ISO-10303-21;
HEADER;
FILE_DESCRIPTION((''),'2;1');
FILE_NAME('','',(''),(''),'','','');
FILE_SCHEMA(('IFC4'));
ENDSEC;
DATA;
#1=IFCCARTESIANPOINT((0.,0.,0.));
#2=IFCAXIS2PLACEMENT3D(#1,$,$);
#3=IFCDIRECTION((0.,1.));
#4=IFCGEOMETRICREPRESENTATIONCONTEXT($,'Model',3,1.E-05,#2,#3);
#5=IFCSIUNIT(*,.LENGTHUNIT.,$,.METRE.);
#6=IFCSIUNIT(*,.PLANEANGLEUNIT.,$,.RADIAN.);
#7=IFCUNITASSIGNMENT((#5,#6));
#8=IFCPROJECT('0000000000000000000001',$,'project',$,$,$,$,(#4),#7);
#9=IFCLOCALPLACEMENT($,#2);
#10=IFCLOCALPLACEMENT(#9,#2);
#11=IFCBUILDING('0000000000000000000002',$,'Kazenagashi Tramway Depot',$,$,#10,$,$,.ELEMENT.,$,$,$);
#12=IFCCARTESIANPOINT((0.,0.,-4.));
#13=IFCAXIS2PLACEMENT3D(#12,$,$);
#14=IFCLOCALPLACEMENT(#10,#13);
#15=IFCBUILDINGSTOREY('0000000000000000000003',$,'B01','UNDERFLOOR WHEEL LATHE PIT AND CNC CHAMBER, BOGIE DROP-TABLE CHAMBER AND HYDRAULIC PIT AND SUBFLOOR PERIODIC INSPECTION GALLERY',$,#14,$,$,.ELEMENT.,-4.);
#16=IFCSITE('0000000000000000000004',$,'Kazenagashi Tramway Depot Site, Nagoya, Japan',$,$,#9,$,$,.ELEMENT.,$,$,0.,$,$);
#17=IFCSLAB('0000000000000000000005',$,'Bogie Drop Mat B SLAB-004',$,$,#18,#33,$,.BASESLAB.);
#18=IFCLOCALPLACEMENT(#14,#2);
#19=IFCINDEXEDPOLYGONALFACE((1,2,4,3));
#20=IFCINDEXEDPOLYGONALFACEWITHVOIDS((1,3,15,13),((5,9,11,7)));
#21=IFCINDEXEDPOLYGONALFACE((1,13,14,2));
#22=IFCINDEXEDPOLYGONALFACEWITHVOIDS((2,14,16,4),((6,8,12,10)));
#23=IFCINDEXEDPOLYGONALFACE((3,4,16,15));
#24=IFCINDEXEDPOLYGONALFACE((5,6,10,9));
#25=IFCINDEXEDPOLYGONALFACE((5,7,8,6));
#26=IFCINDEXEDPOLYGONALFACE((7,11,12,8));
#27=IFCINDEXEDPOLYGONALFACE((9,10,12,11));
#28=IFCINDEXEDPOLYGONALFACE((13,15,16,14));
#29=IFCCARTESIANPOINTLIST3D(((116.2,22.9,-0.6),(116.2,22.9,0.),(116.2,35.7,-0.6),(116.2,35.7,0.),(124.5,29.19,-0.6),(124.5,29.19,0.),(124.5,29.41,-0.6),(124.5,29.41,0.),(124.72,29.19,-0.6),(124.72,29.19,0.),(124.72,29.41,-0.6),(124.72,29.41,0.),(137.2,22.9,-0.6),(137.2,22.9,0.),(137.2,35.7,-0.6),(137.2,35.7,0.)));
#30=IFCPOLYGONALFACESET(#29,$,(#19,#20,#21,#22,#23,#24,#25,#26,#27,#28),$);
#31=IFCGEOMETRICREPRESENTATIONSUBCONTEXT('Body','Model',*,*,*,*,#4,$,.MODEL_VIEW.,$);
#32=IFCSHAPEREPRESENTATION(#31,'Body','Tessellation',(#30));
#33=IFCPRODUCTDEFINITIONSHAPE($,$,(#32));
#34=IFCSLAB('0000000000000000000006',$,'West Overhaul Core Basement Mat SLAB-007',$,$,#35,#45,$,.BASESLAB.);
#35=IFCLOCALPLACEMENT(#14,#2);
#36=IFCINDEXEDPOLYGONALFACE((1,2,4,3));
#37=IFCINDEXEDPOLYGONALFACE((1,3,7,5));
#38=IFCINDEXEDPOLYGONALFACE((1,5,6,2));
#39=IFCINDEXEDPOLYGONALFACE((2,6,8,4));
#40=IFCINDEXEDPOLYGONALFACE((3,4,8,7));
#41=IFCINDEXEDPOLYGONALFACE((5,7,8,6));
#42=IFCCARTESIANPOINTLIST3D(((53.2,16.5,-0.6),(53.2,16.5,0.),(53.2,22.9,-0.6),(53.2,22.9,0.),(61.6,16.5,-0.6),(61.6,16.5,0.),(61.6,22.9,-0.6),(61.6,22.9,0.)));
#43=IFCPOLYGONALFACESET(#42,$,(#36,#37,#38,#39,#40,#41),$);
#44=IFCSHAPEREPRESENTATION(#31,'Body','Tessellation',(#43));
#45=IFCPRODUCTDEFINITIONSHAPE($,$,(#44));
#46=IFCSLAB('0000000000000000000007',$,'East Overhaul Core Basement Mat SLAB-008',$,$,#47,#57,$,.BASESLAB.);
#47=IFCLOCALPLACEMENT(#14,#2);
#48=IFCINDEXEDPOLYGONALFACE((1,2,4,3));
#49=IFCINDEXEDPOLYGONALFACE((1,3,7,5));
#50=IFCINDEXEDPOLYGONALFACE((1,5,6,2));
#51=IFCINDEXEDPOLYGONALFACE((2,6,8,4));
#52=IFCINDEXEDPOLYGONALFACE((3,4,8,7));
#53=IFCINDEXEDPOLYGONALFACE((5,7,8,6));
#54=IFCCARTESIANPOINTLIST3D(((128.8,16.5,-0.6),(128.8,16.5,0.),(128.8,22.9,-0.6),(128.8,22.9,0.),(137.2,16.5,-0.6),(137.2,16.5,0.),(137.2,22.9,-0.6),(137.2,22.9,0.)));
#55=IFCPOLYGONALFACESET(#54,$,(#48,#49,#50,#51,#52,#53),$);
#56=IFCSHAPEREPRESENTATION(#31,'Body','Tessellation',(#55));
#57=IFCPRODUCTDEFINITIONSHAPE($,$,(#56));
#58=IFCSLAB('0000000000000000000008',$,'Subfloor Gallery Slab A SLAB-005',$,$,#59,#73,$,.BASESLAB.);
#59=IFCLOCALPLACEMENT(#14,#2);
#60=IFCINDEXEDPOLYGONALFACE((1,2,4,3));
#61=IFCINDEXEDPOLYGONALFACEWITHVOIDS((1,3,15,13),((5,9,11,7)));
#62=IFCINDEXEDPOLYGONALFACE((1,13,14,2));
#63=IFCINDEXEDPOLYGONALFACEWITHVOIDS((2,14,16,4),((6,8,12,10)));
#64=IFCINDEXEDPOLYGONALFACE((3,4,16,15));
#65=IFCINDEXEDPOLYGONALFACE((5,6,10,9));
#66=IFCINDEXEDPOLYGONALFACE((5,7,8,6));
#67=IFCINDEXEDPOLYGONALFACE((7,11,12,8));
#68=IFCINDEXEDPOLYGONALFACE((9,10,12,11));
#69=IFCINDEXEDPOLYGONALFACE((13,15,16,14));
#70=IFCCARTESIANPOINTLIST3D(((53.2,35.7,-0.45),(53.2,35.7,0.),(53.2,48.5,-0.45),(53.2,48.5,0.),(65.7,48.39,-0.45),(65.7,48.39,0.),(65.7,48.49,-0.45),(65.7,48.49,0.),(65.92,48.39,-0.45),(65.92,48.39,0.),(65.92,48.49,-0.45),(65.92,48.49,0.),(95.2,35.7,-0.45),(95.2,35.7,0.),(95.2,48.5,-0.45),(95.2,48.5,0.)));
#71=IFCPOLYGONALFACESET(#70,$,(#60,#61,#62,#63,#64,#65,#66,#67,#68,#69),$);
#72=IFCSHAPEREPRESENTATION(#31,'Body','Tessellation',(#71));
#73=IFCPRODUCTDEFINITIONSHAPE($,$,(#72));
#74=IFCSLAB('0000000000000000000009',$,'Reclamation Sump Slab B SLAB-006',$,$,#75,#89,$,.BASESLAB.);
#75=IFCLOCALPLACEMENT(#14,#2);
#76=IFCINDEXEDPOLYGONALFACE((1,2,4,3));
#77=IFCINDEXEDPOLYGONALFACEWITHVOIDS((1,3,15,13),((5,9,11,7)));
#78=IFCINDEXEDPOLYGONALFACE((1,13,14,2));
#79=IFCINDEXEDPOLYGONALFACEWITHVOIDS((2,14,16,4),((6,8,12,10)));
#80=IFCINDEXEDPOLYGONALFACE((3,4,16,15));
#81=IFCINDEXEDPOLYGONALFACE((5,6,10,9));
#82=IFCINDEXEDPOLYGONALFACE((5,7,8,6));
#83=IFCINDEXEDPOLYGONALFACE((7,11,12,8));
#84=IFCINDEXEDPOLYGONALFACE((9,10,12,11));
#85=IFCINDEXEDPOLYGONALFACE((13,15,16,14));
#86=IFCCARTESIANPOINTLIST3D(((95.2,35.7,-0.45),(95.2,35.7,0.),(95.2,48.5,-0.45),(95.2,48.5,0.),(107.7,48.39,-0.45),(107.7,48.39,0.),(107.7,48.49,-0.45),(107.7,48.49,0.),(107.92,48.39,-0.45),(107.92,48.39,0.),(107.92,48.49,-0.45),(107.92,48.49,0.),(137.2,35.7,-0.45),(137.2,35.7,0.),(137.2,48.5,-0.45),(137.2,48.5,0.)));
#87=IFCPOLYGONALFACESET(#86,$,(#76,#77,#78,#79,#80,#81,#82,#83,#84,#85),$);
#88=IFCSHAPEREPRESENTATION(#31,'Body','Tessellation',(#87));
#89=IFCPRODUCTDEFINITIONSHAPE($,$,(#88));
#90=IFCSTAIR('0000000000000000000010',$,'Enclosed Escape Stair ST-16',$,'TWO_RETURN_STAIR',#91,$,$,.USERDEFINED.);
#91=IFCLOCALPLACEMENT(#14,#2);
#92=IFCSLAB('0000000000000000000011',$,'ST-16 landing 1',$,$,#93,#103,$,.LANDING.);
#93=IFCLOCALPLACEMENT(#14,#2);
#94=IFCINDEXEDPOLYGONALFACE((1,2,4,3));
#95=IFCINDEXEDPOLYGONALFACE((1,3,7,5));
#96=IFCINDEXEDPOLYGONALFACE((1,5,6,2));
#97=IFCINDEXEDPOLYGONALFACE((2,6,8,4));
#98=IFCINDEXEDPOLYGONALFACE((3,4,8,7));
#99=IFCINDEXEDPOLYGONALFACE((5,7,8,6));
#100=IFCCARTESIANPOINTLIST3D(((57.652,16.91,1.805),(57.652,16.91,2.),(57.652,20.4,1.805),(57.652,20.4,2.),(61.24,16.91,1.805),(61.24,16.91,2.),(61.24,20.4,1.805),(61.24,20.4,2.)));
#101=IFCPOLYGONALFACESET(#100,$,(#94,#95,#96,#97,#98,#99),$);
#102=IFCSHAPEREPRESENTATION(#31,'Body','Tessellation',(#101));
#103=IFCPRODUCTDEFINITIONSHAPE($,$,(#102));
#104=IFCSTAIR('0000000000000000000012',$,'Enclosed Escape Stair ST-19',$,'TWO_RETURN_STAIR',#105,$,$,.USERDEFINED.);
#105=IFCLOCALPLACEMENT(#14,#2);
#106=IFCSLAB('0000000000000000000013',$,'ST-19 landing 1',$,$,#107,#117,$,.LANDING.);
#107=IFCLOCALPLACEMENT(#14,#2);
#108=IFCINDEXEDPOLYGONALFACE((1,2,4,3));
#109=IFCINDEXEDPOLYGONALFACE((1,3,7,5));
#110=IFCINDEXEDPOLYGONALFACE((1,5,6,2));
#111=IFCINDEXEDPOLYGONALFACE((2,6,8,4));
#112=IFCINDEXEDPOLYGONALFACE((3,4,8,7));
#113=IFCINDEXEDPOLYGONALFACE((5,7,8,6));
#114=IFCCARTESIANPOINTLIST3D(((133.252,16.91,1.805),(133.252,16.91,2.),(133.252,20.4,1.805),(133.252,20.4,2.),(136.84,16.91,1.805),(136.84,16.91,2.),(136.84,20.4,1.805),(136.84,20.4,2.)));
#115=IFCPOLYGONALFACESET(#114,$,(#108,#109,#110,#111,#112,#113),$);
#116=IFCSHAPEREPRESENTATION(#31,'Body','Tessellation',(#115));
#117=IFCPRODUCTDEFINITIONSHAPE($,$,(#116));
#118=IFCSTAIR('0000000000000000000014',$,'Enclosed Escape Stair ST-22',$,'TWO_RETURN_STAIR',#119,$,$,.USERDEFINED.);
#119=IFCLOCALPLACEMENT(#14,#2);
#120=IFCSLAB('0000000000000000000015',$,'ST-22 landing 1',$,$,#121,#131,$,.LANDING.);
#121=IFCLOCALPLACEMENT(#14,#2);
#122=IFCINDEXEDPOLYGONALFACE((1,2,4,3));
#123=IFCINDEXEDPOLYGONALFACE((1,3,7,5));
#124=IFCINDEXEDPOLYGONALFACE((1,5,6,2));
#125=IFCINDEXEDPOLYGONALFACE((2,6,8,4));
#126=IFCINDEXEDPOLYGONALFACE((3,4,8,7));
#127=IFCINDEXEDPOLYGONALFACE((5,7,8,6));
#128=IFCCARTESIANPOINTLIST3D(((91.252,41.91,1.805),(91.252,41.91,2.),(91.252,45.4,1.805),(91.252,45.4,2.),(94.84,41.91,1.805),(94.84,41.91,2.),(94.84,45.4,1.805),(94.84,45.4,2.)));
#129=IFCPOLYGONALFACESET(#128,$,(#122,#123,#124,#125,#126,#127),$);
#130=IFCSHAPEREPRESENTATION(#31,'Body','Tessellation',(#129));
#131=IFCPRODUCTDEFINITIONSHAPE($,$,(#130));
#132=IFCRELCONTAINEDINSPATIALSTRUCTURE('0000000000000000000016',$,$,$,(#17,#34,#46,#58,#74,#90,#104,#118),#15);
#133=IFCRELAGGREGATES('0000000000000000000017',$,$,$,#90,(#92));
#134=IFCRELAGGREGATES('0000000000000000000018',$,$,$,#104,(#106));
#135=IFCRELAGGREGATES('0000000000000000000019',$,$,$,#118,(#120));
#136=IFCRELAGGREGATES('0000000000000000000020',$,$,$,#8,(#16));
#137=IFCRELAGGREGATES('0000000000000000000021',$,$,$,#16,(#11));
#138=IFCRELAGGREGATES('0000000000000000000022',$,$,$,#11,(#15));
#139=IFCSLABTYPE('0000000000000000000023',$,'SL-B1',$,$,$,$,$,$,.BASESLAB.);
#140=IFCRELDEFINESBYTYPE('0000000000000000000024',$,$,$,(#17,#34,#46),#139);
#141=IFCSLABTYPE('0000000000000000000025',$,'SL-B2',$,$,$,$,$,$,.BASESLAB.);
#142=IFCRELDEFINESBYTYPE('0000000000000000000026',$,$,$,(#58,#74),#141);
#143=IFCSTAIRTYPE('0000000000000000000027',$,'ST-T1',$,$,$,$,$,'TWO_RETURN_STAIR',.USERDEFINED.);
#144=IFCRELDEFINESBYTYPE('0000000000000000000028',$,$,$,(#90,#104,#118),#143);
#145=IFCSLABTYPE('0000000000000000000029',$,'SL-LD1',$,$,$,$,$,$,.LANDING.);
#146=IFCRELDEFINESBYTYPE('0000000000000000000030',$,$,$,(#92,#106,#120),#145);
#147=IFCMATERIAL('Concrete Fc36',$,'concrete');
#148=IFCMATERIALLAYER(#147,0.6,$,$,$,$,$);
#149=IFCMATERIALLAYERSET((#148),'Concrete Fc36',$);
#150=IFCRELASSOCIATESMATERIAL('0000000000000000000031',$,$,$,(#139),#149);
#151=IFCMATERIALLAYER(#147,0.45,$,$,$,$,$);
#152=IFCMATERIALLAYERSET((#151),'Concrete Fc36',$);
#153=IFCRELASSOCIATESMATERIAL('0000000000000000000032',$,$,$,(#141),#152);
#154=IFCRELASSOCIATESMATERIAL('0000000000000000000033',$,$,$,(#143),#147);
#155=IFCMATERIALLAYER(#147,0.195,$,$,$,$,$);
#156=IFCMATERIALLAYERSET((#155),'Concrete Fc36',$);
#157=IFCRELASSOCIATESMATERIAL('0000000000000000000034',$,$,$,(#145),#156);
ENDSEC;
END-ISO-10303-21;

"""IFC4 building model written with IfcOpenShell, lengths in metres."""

from ifc_helpers import new_model, si_unit, direction, frame, origin, place, context, subcontext, project, spatial, polyline, outline, extrude, material, layer, layer_set, type_object, element, aggregate, save


model = new_model("IFC4")

# Units and contexts
model_context = context("Model", 3, precision=1e-05, world=origin(), true_north=direction((0.0, 1.0)))
body_context = subcontext(model_context, "Body", "Model", "MODEL_VIEW")
ifc_project = project(units=[si_unit("LENGTHUNIT", "METRE"), si_unit("PLANEANGLEUNIT", "RADIAN")], contexts=[model_context])

# Site, building, storey
site_placement = place(None, origin())
site = spatial("IfcSite", under=ifc_project, at=site_placement, Name="Kazenagashi Tramway Depot Site, Nagoya, Japan", CompositionType="ELEMENT", RefElevation=0.0)
building_placement = place(site_placement, origin())
building = spatial("IfcBuilding", under=site, at=building_placement, Name="Kazenagashi Tramway Depot", CompositionType="ELEMENT")
storey_placement = place(building_placement, frame((0.0, 0.0, -4.0)))
storey = spatial("IfcBuildingStorey", under=building, at=storey_placement, Name="B01", Description="UNDERFLOOR WHEEL LATHE PIT AND CNC CHAMBER, BOGIE DROP-TABLE CHAMBER AND HYDRAULIC PIT AND SUBFLOOR PERIODIC INSPECTION GALLERY", CompositionType="ELEMENT", Elevation=-4.0)

# Shared definitions
ifc_material_1 = material(Name="Concrete Fc36", Category="concrete")

# Slabs
ifc_layer_1 = layer(ifc_material_1, 0.6)
ifc_layer_set_1 = layer_set([ifc_layer_1], Name="Concrete Fc36")
slab_type_1 = type_object("IfcSlabType", Name="SL-B1", PredefinedType="BASESLAB", material=ifc_layer_set_1)
slab_1_placement = place(storey_placement, frame((0.0, 0.0, -0.6)))
element("IfcSlab", 1, at=slab_1_placement, inside=storey, type_object=slab_type_1, Name="Bogie Drop Mat B SLAB-004", PredefinedType="BASESLAB", context=body_context, shape_type="SweptSolid", body=[
    extrude(outline(polyline([(116.2, 22.9), (137.2, 22.9), (137.2, 35.7), (116.2, 35.7), (116.2, 22.9)]), holes=[polyline([(124.5, 29.19), (124.72, 29.19), (124.72, 29.41), (124.5, 29.41), (124.5, 29.19)])]), origin(), (0.0, 0.0, 1.0), 0.6),
])
slab_2_placement = place(storey_placement, frame((0.0, 0.0, -0.6)))
element("IfcSlab", 2, at=slab_2_placement, inside=storey, type_object=slab_type_1, Name="West Overhaul Core Basement Mat SLAB-007", PredefinedType="BASESLAB", context=body_context, shape_type="SweptSolid", body=[
    extrude(outline(polyline([(53.2, 16.5), (61.6, 16.5), (61.6, 22.9), (53.2, 22.9), (53.2, 16.5)])), origin(), (0.0, 0.0, 1.0), 0.6),
])
slab_3_placement = place(storey_placement, frame((0.0, 0.0, -0.6)))
element("IfcSlab", 3, at=slab_3_placement, inside=storey, type_object=slab_type_1, Name="East Overhaul Core Basement Mat SLAB-008", PredefinedType="BASESLAB", context=body_context, shape_type="SweptSolid", body=[
    extrude(outline(polyline([(128.8, 16.5), (137.2, 16.5), (137.2, 22.9), (128.8, 22.9), (128.8, 16.5)])), origin(), (0.0, 0.0, 1.0), 0.6),
])
ifc_layer_2 = layer(ifc_material_1, 0.45)
ifc_layer_set_2 = layer_set([ifc_layer_2], Name="Concrete Fc36")
slab_type_2 = type_object("IfcSlabType", Name="SL-B2", PredefinedType="BASESLAB", material=ifc_layer_set_2)
slab_4_placement = place(storey_placement, frame((0.0, 0.0, -0.45)))
element("IfcSlab", 4, at=slab_4_placement, inside=storey, type_object=slab_type_2, Name="Subfloor Gallery Slab A SLAB-005", PredefinedType="BASESLAB", context=body_context, shape_type="SweptSolid", body=[
    extrude(outline(polyline([(53.2, 35.7), (95.2, 35.7), (95.2, 48.5), (53.2, 48.5), (53.2, 35.7)]), holes=[polyline([(65.7, 48.39), (65.92, 48.39), (65.92, 48.49), (65.7, 48.49), (65.7, 48.39)])]), origin(), (0.0, 0.0, 1.0), 0.45),
])
slab_5_placement = place(storey_placement, frame((0.0, 0.0, -0.45)))
element("IfcSlab", 5, at=slab_5_placement, inside=storey, type_object=slab_type_2, Name="Reclamation Sump Slab B SLAB-006", PredefinedType="BASESLAB", context=body_context, shape_type="SweptSolid", body=[
    extrude(outline(polyline([(95.2, 35.7), (137.2, 35.7), (137.2, 48.5), (95.2, 48.5), (95.2, 35.7)]), holes=[polyline([(107.7, 48.39), (107.92, 48.39), (107.92, 48.49), (107.7, 48.49), (107.7, 48.39)])]), origin(), (0.0, 0.0, 1.0), 0.45),
])

# Stairs, slabs
stair_type = type_object("IfcStairType", Name="ST-T1", ElementType="TWO_RETURN_STAIR", PredefinedType="USERDEFINED", material=ifc_material_1)
stair_1_placement = place(storey_placement, origin())
stair_1 = element("IfcStair", 6, at=stair_1_placement, inside=storey, type_object=stair_type, Name="Enclosed Escape Stair ST-16", ObjectType="TWO_RETURN_STAIR", PredefinedType="USERDEFINED")
ifc_layer_3 = layer(ifc_material_1, 0.195)
ifc_layer_set_3 = layer_set([ifc_layer_3], Name="Concrete Fc36")
slab_type_3 = type_object("IfcSlabType", Name="SL-LD1", PredefinedType="LANDING", material=ifc_layer_set_3)
slab_6_placement = place(storey_placement, frame((0.0, 0.0, 1.805)))
slab_6 = element("IfcSlab", 7, at=slab_6_placement, type_object=slab_type_3, Name="ST-16 landing 1", PredefinedType="LANDING", context=body_context, shape_type="SweptSolid", body=[
    extrude(outline(polyline([(57.652, 16.91), (61.24, 16.91), (61.24, 20.4), (57.652, 20.4), (57.652, 16.91)])), origin(), (0.0, 0.0, 1.0), 0.195),
])
aggregate(stair_1, [slab_6])
stair_2_placement = place(storey_placement, origin())
stair_2 = element("IfcStair", 8, at=stair_2_placement, inside=storey, type_object=stair_type, Name="Enclosed Escape Stair ST-19", ObjectType="TWO_RETURN_STAIR", PredefinedType="USERDEFINED")
slab_7_placement = place(storey_placement, frame((0.0, 0.0, 1.805)))
slab_7 = element("IfcSlab", 9, at=slab_7_placement, type_object=slab_type_3, Name="ST-19 landing 1", PredefinedType="LANDING", context=body_context, shape_type="SweptSolid", body=[
    extrude(outline(polyline([(133.252, 16.91), (136.84, 16.91), (136.84, 20.4), (133.252, 20.4), (133.252, 16.91)])), origin(), (0.0, 0.0, 1.0), 0.195),
])
aggregate(stair_2, [slab_7])
stair_3_placement = place(storey_placement, origin())
stair_3 = element("IfcStair", 10, at=stair_3_placement, inside=storey, type_object=stair_type, Name="Enclosed Escape Stair ST-22", ObjectType="TWO_RETURN_STAIR", PredefinedType="USERDEFINED")
slab_8_placement = place(storey_placement, frame((0.0, 0.0, 1.805)))
slab_8 = element("IfcSlab", 11, at=slab_8_placement, type_object=slab_type_3, Name="ST-22 landing 1", PredefinedType="LANDING", context=body_context, shape_type="SweptSolid", body=[
    extrude(outline(polyline([(91.252, 41.91), (94.84, 41.91), (94.84, 45.4), (91.252, 45.4), (91.252, 41.91)])), origin(), (0.0, 0.0, 1.0), 0.195),
])
aggregate(stair_3, [slab_8])

save(model, "model.ifc")
